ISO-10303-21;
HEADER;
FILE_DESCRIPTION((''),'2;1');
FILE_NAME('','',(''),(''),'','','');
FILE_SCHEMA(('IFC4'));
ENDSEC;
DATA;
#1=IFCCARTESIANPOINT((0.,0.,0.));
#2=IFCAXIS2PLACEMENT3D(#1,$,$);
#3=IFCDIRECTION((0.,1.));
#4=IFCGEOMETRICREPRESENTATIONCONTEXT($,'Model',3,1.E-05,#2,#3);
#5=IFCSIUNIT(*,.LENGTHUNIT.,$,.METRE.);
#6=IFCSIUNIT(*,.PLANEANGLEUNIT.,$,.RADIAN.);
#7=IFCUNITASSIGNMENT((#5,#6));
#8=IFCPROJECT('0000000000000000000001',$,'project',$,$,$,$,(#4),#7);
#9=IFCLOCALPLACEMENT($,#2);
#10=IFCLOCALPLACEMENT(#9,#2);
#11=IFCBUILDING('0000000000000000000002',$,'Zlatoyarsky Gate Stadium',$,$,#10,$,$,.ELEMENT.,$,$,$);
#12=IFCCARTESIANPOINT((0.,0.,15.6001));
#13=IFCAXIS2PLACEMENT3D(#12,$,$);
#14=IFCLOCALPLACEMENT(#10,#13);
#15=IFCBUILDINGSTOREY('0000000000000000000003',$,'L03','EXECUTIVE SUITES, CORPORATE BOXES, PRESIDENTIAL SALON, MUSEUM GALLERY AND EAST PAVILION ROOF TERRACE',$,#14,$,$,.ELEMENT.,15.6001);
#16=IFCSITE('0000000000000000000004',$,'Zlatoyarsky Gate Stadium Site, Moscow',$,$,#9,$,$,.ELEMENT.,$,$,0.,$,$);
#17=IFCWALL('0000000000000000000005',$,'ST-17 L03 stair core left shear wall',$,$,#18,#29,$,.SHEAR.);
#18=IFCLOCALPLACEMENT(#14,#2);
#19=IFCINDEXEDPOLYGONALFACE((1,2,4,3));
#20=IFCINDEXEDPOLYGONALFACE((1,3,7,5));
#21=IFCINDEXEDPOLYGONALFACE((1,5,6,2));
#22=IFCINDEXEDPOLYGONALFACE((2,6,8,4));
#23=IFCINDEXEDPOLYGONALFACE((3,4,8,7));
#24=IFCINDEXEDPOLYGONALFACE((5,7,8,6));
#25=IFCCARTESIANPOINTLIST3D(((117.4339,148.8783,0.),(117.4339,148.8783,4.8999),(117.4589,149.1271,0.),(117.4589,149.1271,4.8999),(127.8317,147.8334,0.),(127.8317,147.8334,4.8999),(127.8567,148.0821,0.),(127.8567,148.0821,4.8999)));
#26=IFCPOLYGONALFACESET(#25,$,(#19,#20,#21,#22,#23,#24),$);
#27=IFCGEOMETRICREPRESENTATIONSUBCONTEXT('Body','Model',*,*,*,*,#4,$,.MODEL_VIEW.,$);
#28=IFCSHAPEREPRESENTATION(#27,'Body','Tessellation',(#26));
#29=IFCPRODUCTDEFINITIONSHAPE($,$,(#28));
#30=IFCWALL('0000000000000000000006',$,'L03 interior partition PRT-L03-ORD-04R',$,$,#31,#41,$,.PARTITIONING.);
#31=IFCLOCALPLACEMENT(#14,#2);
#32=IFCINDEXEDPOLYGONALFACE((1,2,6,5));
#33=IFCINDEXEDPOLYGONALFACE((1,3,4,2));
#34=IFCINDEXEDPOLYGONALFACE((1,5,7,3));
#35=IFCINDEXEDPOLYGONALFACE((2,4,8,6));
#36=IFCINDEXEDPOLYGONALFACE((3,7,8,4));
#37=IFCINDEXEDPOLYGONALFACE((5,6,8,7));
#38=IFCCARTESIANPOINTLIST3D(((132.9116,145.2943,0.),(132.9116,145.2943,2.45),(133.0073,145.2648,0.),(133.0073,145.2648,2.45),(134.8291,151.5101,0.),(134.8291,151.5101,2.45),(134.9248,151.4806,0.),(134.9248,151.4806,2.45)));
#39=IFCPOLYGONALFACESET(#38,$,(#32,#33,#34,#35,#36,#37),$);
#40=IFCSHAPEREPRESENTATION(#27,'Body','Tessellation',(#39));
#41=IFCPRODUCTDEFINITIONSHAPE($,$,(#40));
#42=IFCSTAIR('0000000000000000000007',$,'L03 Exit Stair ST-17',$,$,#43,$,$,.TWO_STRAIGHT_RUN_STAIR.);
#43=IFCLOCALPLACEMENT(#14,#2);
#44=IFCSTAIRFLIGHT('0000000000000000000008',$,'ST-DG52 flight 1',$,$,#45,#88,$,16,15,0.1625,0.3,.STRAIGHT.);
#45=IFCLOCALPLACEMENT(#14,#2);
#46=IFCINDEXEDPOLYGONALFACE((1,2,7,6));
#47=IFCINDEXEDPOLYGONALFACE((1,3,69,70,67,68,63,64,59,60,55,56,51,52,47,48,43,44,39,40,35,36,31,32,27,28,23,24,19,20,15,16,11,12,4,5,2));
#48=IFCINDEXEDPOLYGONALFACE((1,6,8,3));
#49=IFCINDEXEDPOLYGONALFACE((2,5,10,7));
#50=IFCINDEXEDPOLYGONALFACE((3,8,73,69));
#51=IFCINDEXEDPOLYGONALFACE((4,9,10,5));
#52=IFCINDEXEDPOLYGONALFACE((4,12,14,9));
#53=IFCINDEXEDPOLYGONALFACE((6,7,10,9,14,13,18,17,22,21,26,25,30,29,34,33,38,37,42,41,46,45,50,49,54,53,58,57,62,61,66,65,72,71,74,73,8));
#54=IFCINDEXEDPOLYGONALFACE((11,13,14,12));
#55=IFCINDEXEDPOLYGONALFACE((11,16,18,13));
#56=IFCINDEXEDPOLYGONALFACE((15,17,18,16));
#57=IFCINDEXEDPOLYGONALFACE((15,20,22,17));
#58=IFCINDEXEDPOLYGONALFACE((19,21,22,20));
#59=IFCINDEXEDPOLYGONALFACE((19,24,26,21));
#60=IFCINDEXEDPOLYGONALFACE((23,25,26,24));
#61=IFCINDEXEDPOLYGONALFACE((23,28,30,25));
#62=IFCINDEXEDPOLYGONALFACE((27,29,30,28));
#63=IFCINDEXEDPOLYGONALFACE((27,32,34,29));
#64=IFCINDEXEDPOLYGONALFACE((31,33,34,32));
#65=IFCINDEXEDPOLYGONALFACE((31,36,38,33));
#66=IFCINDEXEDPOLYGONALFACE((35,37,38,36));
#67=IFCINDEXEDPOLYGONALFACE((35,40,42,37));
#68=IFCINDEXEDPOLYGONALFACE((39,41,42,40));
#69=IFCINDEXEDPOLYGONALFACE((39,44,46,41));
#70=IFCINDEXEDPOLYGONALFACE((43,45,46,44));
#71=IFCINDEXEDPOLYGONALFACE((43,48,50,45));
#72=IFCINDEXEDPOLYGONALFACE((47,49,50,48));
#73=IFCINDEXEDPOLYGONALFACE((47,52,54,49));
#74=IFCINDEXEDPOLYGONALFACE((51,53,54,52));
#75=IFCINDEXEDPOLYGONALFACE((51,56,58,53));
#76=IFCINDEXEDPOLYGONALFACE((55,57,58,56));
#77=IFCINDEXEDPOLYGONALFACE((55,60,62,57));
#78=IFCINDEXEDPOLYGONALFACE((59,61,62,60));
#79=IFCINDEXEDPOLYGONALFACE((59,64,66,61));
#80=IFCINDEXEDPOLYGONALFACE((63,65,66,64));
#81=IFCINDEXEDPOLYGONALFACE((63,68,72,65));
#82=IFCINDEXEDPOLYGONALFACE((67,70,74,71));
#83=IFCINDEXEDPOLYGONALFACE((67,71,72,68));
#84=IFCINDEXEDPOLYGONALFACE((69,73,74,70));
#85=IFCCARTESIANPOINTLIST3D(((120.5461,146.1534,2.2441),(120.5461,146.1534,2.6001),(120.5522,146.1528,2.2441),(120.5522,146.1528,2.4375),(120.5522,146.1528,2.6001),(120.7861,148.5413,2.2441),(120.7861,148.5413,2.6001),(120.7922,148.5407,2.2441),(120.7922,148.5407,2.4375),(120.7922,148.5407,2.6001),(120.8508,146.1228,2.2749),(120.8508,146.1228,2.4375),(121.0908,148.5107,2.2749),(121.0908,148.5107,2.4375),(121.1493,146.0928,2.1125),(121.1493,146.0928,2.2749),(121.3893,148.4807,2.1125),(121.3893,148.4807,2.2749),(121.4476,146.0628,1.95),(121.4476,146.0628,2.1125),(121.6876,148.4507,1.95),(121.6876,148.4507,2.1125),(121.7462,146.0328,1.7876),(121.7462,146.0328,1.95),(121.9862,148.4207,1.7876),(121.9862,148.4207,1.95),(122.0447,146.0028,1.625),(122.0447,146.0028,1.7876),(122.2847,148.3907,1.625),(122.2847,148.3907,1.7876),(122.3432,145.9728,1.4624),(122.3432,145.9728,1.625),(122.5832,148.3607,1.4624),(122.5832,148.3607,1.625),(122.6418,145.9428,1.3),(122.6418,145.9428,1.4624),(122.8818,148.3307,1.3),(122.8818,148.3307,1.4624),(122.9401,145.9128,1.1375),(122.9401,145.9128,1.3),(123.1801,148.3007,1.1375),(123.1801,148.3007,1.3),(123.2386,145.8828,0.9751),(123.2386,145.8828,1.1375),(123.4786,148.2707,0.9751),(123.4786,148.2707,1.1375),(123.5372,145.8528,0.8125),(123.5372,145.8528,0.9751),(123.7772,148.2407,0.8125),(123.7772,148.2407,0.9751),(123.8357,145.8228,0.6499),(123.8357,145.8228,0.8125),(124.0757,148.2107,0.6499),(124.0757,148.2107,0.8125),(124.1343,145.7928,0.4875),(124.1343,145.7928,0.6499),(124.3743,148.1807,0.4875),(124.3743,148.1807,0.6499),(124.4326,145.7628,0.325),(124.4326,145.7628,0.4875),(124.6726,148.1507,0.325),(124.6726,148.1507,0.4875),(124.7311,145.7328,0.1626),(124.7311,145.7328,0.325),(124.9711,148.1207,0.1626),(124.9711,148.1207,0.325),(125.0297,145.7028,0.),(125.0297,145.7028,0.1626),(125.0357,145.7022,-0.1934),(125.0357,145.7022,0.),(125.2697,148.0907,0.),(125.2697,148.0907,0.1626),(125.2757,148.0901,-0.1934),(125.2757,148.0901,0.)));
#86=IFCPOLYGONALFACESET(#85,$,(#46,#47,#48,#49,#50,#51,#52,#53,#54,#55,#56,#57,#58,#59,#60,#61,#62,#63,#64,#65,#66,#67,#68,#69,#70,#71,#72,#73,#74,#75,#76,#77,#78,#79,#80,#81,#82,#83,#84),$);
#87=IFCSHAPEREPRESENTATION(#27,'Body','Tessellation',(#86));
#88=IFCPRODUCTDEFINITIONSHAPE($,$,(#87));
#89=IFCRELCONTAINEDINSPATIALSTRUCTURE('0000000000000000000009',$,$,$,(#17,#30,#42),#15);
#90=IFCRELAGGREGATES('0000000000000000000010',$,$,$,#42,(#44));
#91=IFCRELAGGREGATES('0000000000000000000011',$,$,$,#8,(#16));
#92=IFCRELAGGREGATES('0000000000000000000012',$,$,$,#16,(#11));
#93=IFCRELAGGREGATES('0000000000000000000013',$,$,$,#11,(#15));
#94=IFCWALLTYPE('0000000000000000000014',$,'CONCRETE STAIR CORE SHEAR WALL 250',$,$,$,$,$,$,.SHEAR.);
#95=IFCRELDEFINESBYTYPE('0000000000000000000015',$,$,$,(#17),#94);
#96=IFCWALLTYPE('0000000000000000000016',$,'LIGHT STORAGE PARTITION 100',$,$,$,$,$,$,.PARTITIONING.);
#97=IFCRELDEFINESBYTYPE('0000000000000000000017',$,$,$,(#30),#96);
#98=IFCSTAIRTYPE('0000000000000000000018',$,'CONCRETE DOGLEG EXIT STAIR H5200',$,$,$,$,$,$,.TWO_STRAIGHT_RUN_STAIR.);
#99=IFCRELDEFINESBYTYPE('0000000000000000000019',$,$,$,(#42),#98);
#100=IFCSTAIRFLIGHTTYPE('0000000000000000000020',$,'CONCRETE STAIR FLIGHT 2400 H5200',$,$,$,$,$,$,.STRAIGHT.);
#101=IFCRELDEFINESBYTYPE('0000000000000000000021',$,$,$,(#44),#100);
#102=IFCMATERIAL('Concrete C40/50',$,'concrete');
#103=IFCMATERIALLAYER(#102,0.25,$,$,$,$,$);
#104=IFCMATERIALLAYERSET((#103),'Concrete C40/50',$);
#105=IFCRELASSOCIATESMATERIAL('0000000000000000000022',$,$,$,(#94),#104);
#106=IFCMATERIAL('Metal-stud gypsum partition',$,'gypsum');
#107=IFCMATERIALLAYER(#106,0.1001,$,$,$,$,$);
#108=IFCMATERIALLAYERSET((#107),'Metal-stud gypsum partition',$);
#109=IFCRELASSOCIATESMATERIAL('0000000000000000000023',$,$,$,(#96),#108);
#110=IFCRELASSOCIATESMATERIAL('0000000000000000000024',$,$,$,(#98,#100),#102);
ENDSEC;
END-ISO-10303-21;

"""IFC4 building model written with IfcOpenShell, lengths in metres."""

from ifc_helpers import new_model, si_unit, direction, frame, frame_2d, origin, place, context, subcontext, project, spatial, polyline, rectangle, outline, extrude, material, layer, layer_set, type_object, element, aggregate, save


model = new_model("IFC4")

# Units and contexts
model_context = context("Model", 3, precision=1e-05, world=origin(), true_north=direction((0.0, 1.0)))
body_context = subcontext(model_context, "Body", "Model", "MODEL_VIEW")
ifc_project = project(units=[si_unit("LENGTHUNIT", "METRE"), si_unit("PLANEANGLEUNIT", "RADIAN")], contexts=[model_context])

# Site, building, storey
site_placement = place(None, origin())
site = spatial("IfcSite", under=ifc_project, at=site_placement, Name="Zlatoyarsky Gate Stadium Site, Moscow", CompositionType="ELEMENT", RefElevation=0.0)
building_placement = place(site_placement, origin())
building = spatial("IfcBuilding", under=site, at=building_placement, Name="Zlatoyarsky Gate Stadium", CompositionType="ELEMENT")
storey_placement = place(building_placement, frame((0.0, 0.0, 15.6001)))
storey = spatial("IfcBuildingStorey", under=building, at=storey_placement, Name="L03", Description="EXECUTIVE SUITES, CORPORATE BOXES, PRESIDENTIAL SALON, MUSEUM GALLERY AND EAST PAVILION ROOF TERRACE", CompositionType="ELEMENT", Elevation=15.6001)

# Shared definitions
ifc_material_1 = material(Name="Concrete C40/50", Category="concrete")
ifc_layer_1 = layer(ifc_material_1, 0.25)
ifc_layer_set_1 = layer_set([ifc_layer_1], Name="Concrete C40/50")
wall_type_1 = type_object("IfcWallType", Name="CONCRETE STAIR CORE SHEAR WALL 250", PredefinedType="SHEAR", material=ifc_layer_set_1)

# Walls
wall_1_placement = place(storey_placement, frame((127.8442, 147.9578, 0.0), z_axis=(0.0, 0.0, 1.0), x_axis=(-0.994988, 0.099992, 0.0)))
element("IfcWall", 1, at=wall_1_placement, inside=storey, type_object=wall_type_1, Name="ST-17 L03 stair core left shear wall", PredefinedType="SHEAR", context=body_context, shape_type="SweptSolid", body=[
    extrude(rectangle(XDim=10.4502, YDim=0.25, at=frame_2d((5.2251, 0.0))), origin(), (0.0, 0.0, 1.0), 4.8999),
])
ifc_material_2 = material(Name="Metal-stud gypsum partition", Category="gypsum")
ifc_layer_2 = layer(ifc_material_2, 0.1001)
ifc_layer_set_2 = layer_set([ifc_layer_2], Name="Metal-stud gypsum partition")
wall_type_2 = type_object("IfcWallType", Name="LIGHT STORAGE PARTITION 100", PredefinedType="PARTITIONING", material=ifc_layer_set_2)
wall_2_placement = place(storey_placement, frame((132.9595, 145.2795, 0.0), z_axis=(0.0, 0.0, 1.0), x_axis=(0.294777, 0.955566, 0.0)))
element("IfcWall", 2, at=wall_2_placement, inside=storey, type_object=wall_type_2, Name="L03 interior partition PRT-L03-ORD-04R", PredefinedType="PARTITIONING", context=body_context, shape_type="SweptSolid", body=[
    extrude(rectangle(XDim=6.5049, YDim=0.1001, at=frame_2d((3.2524, 0.0))), origin(), (0.0, 0.0, 1.0), 2.45),
])

# Stair, stair flight
stair_type = type_object("IfcStairType", Name="CONCRETE DOGLEG EXIT STAIR H5200", PredefinedType="TWO_STRAIGHT_RUN_STAIR", material=ifc_material_1)
stair_placement = place(storey_placement, origin())
stair = element("IfcStair", 3, at=stair_placement, inside=storey, type_object=stair_type, Name="L03 Exit Stair ST-17", PredefinedType="TWO_STRAIGHT_RUN_STAIR")
stair_flight_type = type_object("IfcStairFlightType", Name="CONCRETE STAIR FLIGHT 2400 H5200", PredefinedType="STRAIGHT", material=ifc_material_1)
stair_flight_placement = place(storey_placement, frame((125.1497, 146.8967, 0.0), z_axis=(0.0, 0.0, 1.0), x_axis=(-0.994987, 0.100006, 0.0)))
stair_flight = element("IfcStairFlight", 4, at=stair_flight_placement, type_object=stair_flight_type, Name="ST-DG52 flight 1", NumberOfRisers=16, NumberOfTreads=15, PredefinedType="STRAIGHT", RiserHeight=0.1625, TreadLength=0.3, context=body_context, shape_type="SweptSolid", body=[
    extrude(outline(polyline([(-0.0061, -0.1934), (-0.0061, 0.0), (0.0, 0.0), (0.0, 0.1626), (0.3, 0.1626), (0.3, 0.325), (0.6001, 0.325), (0.6001, 0.4875), (0.8999, 0.4875), (0.8999, 0.6499), (1.2, 0.6499), (1.2, 0.8125), (1.5, 0.8125), (1.5, 0.9751), (1.8, 0.9751), (1.8, 1.1375), (2.1001, 1.1375), (2.1001, 1.3), (2.3999, 1.3), (2.3999, 1.4624), (2.7, 1.4624), (2.7, 1.625), (3.0, 1.625), (3.0, 1.7876), (3.3, 1.7876), (3.3, 1.95), (3.6001, 1.95), (3.6001, 2.1125), (3.8999, 2.1125), (3.8999, 2.2749), (4.2, 2.2749), (4.2, 2.4375), (4.5, 2.4375), (4.5, 2.6001), (4.5061, 2.6001), (4.5061, 2.2441), (4.5, 2.2441), (-0.0061, -0.1934)])), frame((0.0, 1.2, 0.0), z_axis=(0.0, -1.0, 0.0), x_axis=(1.0, 0.0, 0.0)), (0.0, 0.0, 1.0), 2.3999),
])
aggregate(stair, [stair_flight])

save(model, "model.ifc")
